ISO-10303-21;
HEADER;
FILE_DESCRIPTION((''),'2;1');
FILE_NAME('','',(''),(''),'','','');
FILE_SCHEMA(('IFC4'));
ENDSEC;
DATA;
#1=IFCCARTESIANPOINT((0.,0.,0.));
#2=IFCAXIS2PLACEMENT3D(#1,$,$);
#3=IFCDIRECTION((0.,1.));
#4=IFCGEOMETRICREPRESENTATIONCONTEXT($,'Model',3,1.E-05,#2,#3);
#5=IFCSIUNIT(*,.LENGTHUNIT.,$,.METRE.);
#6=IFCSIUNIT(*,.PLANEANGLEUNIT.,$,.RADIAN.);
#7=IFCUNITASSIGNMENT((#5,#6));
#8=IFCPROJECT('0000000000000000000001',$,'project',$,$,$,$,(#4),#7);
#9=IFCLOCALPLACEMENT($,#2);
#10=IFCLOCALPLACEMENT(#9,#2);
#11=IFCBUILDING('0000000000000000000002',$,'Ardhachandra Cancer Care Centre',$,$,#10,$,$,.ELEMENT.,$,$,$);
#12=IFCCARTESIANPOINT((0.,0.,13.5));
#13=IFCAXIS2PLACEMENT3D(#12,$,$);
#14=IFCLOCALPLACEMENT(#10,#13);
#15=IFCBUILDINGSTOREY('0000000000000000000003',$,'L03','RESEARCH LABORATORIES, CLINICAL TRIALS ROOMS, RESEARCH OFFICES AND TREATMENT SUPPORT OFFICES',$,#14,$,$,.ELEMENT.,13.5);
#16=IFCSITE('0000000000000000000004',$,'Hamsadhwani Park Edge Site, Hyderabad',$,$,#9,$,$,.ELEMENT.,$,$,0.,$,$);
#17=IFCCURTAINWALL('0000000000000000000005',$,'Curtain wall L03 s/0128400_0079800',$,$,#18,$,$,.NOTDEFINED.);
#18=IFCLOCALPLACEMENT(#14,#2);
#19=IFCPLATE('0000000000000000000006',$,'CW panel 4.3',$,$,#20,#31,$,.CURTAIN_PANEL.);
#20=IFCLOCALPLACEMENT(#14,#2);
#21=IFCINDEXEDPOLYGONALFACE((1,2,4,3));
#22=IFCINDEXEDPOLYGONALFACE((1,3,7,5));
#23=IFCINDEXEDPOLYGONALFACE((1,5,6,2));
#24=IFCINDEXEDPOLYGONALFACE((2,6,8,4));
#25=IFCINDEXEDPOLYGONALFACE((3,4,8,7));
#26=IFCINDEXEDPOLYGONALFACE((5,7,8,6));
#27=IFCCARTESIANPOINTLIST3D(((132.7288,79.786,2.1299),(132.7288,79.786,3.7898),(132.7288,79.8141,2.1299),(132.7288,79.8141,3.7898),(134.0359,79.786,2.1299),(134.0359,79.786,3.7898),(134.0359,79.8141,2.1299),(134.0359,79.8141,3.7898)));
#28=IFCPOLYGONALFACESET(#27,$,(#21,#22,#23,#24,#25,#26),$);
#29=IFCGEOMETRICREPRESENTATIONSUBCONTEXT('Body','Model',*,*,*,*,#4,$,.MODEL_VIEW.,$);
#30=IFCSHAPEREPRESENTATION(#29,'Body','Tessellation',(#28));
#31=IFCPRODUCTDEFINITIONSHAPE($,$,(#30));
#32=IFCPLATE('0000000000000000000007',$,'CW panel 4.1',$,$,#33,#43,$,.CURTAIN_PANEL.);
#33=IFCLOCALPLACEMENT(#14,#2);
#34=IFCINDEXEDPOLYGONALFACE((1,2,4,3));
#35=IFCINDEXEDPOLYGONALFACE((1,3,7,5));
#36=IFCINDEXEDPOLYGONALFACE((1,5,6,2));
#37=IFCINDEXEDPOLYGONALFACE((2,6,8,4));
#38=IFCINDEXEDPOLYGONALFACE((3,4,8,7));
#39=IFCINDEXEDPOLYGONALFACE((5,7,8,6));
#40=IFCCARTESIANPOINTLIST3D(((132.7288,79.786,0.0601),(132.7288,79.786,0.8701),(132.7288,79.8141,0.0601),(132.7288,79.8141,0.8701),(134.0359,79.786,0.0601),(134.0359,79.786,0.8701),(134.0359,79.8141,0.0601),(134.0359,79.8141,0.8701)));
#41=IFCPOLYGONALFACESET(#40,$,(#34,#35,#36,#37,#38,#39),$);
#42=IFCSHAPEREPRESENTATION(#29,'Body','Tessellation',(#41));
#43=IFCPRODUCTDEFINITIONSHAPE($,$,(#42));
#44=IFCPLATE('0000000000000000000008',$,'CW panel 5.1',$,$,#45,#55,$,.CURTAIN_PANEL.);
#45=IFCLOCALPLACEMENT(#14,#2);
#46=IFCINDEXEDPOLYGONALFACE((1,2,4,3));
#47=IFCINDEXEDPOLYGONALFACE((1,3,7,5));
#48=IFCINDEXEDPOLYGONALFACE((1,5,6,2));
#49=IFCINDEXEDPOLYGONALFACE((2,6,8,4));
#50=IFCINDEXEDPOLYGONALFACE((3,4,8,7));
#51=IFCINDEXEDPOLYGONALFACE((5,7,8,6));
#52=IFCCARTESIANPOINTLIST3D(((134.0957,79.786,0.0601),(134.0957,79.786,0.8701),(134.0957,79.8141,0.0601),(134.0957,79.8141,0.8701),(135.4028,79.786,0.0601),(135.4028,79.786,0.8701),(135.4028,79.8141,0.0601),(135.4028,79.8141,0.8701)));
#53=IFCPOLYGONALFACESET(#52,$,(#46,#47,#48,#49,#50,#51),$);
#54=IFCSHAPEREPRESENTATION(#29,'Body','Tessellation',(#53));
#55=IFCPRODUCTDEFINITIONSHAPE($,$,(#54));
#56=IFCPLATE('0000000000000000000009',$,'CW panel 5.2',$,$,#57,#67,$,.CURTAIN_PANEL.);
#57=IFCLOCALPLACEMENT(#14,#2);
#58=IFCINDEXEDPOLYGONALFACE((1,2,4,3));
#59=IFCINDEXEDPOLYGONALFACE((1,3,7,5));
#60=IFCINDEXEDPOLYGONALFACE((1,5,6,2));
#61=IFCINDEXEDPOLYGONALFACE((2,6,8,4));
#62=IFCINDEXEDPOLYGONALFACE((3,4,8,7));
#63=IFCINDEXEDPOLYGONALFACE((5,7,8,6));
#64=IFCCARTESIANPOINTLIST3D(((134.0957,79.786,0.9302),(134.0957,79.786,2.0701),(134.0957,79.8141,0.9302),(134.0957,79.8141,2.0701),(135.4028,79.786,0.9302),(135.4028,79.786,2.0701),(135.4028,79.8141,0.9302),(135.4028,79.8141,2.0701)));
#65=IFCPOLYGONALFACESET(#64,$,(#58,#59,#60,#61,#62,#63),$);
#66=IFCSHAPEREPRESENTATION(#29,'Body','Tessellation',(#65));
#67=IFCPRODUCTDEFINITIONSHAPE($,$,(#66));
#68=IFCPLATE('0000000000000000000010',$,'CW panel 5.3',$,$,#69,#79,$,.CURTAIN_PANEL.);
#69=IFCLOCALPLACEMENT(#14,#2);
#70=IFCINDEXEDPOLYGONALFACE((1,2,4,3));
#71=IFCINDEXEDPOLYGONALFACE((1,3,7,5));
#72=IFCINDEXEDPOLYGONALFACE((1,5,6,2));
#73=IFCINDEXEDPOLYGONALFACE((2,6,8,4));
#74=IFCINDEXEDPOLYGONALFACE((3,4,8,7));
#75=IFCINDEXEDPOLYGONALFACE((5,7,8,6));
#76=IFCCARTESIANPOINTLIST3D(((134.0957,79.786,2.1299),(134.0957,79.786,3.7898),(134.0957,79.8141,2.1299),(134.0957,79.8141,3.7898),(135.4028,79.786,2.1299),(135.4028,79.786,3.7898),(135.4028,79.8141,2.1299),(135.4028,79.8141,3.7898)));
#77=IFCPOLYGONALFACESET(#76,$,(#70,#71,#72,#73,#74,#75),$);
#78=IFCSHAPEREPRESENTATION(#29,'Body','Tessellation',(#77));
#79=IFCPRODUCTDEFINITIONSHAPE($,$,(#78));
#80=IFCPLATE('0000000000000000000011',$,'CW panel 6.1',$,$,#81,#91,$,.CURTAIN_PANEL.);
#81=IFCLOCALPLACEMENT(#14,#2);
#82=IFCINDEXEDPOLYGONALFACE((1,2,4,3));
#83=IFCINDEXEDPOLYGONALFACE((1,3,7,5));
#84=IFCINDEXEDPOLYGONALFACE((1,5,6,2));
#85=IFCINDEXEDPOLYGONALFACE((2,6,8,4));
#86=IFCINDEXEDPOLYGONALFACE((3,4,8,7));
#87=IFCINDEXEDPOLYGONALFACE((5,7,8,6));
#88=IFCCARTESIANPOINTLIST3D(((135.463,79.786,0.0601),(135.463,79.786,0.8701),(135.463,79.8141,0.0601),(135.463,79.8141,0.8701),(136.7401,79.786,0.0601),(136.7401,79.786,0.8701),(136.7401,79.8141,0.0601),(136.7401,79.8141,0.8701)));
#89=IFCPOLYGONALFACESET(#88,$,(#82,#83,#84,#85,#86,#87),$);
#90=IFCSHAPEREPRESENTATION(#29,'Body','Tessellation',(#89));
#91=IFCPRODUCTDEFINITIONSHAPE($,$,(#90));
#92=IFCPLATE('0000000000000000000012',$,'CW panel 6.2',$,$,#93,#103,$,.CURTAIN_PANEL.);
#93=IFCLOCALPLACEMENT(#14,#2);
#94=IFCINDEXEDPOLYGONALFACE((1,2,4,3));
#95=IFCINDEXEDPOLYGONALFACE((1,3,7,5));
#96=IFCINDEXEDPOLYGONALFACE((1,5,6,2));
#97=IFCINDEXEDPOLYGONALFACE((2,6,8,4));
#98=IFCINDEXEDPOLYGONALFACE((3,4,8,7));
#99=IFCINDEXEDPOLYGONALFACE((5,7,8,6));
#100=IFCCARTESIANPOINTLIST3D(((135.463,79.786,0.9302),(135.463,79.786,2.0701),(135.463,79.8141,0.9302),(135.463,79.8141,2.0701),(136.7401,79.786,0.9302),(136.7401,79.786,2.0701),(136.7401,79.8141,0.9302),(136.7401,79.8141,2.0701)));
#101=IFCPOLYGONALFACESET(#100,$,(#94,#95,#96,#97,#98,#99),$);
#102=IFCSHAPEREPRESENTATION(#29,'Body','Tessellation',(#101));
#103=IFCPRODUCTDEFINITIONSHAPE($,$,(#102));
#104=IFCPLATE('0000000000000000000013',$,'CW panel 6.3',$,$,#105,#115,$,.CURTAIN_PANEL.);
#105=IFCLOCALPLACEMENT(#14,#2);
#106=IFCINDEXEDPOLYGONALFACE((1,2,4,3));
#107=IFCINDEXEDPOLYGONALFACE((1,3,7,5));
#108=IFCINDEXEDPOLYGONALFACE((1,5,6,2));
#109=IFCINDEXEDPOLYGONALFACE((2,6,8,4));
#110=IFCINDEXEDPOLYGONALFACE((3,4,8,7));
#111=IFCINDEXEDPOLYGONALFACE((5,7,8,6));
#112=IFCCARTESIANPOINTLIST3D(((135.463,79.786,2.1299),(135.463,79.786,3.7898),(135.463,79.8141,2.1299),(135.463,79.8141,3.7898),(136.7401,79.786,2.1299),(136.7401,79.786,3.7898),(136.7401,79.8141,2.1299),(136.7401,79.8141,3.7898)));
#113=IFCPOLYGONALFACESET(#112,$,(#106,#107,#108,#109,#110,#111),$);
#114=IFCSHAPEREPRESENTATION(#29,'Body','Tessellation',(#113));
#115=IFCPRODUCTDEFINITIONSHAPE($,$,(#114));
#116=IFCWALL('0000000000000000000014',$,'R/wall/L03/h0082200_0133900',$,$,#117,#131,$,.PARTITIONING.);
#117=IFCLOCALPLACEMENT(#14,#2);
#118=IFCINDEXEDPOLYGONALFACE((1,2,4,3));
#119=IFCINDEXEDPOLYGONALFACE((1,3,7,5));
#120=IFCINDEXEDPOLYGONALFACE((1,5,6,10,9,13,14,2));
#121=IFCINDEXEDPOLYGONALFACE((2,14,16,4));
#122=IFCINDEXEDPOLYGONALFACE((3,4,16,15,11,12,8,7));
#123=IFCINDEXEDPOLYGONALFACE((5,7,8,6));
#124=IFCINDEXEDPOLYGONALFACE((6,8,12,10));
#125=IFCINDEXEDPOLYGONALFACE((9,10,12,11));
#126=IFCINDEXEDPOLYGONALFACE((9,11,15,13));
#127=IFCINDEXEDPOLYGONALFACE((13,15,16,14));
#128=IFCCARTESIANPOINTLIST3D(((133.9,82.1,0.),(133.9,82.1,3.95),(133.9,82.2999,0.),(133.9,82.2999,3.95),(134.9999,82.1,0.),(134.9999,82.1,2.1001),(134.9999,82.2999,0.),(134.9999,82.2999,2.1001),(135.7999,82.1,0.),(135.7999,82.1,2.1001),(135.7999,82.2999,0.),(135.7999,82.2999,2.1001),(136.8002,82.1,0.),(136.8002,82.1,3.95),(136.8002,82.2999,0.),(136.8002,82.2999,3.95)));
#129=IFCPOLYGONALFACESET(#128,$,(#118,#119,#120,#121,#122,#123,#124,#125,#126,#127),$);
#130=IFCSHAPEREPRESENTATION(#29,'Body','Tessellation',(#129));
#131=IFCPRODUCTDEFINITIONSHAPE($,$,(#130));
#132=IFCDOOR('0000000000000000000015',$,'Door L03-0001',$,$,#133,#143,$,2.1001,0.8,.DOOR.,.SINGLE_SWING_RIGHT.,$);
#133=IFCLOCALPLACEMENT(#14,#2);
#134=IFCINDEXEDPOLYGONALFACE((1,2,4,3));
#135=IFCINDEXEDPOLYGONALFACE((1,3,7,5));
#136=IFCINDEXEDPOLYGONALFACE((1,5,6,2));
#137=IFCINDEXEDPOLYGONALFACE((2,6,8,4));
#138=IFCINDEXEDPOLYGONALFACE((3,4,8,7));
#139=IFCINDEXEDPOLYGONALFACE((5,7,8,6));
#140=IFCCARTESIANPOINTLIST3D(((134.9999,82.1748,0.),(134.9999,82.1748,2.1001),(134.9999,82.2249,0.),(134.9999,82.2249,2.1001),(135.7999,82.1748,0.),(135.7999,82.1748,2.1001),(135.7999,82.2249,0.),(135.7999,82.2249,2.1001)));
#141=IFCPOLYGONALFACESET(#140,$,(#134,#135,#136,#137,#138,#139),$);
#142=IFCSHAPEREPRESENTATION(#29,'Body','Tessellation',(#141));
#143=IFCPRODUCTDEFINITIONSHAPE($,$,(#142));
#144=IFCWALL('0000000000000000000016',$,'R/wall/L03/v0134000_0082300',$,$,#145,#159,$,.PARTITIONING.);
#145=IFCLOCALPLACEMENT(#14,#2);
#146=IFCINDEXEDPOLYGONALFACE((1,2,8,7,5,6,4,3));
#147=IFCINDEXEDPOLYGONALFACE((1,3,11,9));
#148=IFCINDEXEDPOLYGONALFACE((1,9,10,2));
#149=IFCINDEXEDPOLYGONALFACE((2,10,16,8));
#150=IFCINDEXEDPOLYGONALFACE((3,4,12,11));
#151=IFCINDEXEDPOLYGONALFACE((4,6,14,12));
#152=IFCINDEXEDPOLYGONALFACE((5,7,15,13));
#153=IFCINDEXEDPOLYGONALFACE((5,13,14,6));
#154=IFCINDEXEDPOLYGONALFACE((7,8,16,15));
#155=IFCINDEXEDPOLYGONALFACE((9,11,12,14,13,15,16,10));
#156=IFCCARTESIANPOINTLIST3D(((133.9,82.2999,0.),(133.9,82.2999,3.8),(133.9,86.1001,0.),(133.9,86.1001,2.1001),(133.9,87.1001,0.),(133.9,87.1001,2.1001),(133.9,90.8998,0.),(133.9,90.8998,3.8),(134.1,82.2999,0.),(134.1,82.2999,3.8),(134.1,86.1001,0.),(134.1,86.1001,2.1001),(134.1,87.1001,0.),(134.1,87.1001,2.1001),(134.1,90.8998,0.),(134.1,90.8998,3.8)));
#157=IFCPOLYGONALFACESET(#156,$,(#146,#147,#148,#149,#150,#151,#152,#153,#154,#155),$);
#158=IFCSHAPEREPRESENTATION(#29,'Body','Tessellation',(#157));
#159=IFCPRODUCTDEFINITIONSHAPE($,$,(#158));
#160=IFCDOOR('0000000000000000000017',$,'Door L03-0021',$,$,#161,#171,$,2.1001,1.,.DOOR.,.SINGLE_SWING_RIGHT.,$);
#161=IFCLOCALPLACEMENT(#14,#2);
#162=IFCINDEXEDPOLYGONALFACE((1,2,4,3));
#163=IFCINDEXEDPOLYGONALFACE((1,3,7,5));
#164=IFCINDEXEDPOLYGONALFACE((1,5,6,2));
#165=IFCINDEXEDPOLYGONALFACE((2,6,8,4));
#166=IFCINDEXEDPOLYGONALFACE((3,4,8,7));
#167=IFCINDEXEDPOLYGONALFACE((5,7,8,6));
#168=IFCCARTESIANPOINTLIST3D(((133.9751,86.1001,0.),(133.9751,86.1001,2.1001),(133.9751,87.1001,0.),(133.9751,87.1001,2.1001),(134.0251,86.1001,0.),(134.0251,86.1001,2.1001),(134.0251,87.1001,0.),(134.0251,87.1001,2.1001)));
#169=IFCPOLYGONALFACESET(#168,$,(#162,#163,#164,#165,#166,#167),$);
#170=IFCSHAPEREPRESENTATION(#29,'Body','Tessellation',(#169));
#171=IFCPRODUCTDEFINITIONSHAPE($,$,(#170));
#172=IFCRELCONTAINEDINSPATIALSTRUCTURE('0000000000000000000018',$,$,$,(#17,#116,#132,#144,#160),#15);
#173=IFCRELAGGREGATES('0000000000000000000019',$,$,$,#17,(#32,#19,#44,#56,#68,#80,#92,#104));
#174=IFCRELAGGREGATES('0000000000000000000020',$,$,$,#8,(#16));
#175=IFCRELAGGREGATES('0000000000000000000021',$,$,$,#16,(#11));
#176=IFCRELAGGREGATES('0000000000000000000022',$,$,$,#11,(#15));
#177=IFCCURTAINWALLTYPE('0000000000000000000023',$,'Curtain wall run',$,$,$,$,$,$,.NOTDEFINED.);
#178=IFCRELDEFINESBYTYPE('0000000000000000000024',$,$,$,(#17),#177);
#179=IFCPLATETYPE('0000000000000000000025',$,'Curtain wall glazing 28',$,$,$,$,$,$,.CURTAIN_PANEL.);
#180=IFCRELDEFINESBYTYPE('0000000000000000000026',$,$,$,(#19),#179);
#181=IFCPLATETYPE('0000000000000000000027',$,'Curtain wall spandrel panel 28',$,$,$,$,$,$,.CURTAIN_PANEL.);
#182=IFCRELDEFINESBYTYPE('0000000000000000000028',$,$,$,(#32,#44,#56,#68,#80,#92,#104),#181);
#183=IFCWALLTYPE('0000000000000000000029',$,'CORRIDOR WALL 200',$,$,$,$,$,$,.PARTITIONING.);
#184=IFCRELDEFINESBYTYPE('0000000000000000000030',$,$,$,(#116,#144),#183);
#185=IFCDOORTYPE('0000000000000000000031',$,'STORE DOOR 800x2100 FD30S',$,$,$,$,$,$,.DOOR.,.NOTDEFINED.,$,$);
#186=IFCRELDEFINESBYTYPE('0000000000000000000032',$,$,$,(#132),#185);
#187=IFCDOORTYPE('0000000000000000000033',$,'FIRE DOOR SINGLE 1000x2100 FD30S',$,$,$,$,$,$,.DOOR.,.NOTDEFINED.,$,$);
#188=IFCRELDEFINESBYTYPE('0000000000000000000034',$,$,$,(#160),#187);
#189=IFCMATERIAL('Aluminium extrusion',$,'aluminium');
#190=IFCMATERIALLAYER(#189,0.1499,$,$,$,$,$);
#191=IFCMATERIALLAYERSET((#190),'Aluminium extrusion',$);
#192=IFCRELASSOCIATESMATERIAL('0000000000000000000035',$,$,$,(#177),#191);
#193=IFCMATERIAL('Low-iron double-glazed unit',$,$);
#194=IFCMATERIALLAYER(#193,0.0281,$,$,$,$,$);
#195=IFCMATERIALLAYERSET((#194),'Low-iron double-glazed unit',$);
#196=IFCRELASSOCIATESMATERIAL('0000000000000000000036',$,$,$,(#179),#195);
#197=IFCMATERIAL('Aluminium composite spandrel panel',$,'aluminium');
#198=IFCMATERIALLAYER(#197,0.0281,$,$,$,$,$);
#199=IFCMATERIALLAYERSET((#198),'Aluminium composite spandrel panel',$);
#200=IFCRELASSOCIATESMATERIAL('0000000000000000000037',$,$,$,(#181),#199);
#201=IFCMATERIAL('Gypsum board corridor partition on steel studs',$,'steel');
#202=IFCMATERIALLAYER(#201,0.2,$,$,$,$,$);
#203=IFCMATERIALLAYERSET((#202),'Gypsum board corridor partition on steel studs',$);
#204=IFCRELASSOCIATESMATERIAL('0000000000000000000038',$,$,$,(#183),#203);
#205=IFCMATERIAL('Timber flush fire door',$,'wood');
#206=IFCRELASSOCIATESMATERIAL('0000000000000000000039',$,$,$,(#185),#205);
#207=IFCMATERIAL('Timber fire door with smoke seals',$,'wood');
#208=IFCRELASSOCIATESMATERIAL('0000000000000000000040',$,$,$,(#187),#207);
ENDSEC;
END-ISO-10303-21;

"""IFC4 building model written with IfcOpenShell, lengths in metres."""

from ifc_helpers import new_model, si_unit, direction, frame, frame_2d, origin, origin_2d, place, context, subcontext, project, spatial, rectangle, extrude, material, layer, layer_set, type_object, element, fill, aggregate, save


model = new_model("IFC4")

# Units and contexts
model_context = context("Model", 3, precision=1e-05, world=origin(), true_north=direction((0.0, 1.0)))
body_context = subcontext(model_context, "Body", "Model", "MODEL_VIEW")
ifc_project = project(units=[si_unit("LENGTHUNIT", "METRE"), si_unit("PLANEANGLEUNIT", "RADIAN")], contexts=[model_context])

# Site, building, storey
site_placement = place(None, origin())
site = spatial("IfcSite", under=ifc_project, at=site_placement, Name="Hamsadhwani Park Edge Site, Hyderabad", CompositionType="ELEMENT", RefElevation=0.0)
building_placement = place(site_placement, origin())
building = spatial("IfcBuilding", under=site, at=building_placement, Name="Ardhachandra Cancer Care Centre", CompositionType="ELEMENT")
storey_placement = place(building_placement, frame((0.0, 0.0, 13.5)))
storey = spatial("IfcBuildingStorey", under=building, at=storey_placement, Name="L03", Description="RESEARCH LABORATORIES, CLINICAL TRIALS ROOMS, RESEARCH OFFICES AND TREATMENT SUPPORT OFFICES", CompositionType="ELEMENT", Elevation=13.5)

# Curtain wall, plates
ifc_material_1 = material(Name="Aluminium extrusion", Category="aluminium")
ifc_layer_1 = layer(ifc_material_1, 0.1499)
ifc_layer_set_1 = layer_set([ifc_layer_1], Name="Aluminium extrusion")
curtain_wall_type = type_object("IfcCurtainWallType", Name="Curtain wall run", PredefinedType="NOTDEFINED", material=ifc_layer_set_1)
curtain_wall_placement = place(storey_placement, origin())
curtain_wall = element("IfcCurtainWall", 1, at=curtain_wall_placement, inside=storey, type_object=curtain_wall_type, Name="Curtain wall L03 s/0128400_0079800", PredefinedType="NOTDEFINED")
ifc_material_2 = material(Name="Low-iron double-glazed unit")
ifc_layer_2 = layer(ifc_material_2, 0.0281)
ifc_layer_set_2 = layer_set([ifc_layer_2], Name="Low-iron double-glazed unit")
plate_type_1 = type_object("IfcPlateType", Name="Curtain wall glazing 28", PredefinedType="CURTAIN_PANEL", material=ifc_layer_set_2)
plate_1_placement = place(storey_placement, frame((133.3823, 79.8, 2.1299), z_axis=(0.0, 0.0, 1.0), x_axis=(1.0, 0.0, 0.0)))
plate_1 = element("IfcPlate", 2, at=plate_1_placement, type_object=plate_type_1, Name="CW panel 4.3", PredefinedType="CURTAIN_PANEL", context=body_context, shape_type="SweptSolid", body=[
    extrude(rectangle(XDim=1.3071, YDim=0.0281, at=origin_2d()), origin(), (0.0, 0.0, 1.0), 1.6599),
])
ifc_material_3 = material(Name="Aluminium composite spandrel panel", Category="aluminium")
ifc_layer_3 = layer(ifc_material_3, 0.0281)
ifc_layer_set_3 = layer_set([ifc_layer_3], Name="Aluminium composite spandrel panel")
plate_type_2 = type_object("IfcPlateType", Name="Curtain wall spandrel panel 28", PredefinedType="CURTAIN_PANEL", material=ifc_layer_set_3)
plate_2_placement = place(storey_placement, frame((133.3823, 79.8, 0.0601), z_axis=(0.0, 0.0, 1.0), x_axis=(1.0, 0.0, 0.0)))
plate_2 = element("IfcPlate", 3, at=plate_2_placement, type_object=plate_type_2, Name="CW panel 4.1", PredefinedType="CURTAIN_PANEL", context=body_context, shape_type="SweptSolid", body=[
    extrude(rectangle(XDim=1.3071, YDim=0.0281, at=origin_2d()), origin(), (0.0, 0.0, 1.0), 0.8101),
])
plate_3_placement = place(storey_placement, frame((134.7493, 79.8, 0.0601), z_axis=(0.0, 0.0, 1.0), x_axis=(1.0, 0.0, 0.0)))
plate_3 = element("IfcPlate", 4, at=plate_3_placement, type_object=plate_type_2, Name="CW panel 5.1", PredefinedType="CURTAIN_PANEL", context=body_context, shape_type="SweptSolid", body=[
    extrude(rectangle(XDim=1.3071, YDim=0.0281, at=origin_2d()), origin(), (0.0, 0.0, 1.0), 0.8101),
])
plate_4_placement = place(storey_placement, frame((134.7493, 79.8, 0.9302), z_axis=(0.0, 0.0, 1.0), x_axis=(1.0, 0.0, 0.0)))
plate_4 = element("IfcPlate", 5, at=plate_4_placement, type_object=plate_type_2, Name="CW panel 5.2", PredefinedType="CURTAIN_PANEL", context=body_context, shape_type="SweptSolid", body=[
    extrude(rectangle(XDim=1.3071, YDim=0.0281, at=origin_2d()), origin(), (0.0, 0.0, 1.0), 1.1399),
])
plate_5_placement = place(storey_placement, frame((134.7493, 79.8, 2.1299), z_axis=(0.0, 0.0, 1.0), x_axis=(1.0, 0.0, 0.0)))
plate_5 = element("IfcPlate", 6, at=plate_5_placement, type_object=plate_type_2, Name="CW panel 5.3", PredefinedType="CURTAIN_PANEL", context=body_context, shape_type="SweptSolid", body=[
    extrude(rectangle(XDim=1.3071, YDim=0.0281, at=origin_2d()), origin(), (0.0, 0.0, 1.0), 1.6599),
])
plate_6_placement = place(storey_placement, frame((136.1016, 79.8, 0.0601), z_axis=(0.0, 0.0, 1.0), x_axis=(1.0, 0.0, 0.0)))
plate_6 = element("IfcPlate", 7, at=plate_6_placement, type_object=plate_type_2, Name="CW panel 6.1", PredefinedType="CURTAIN_PANEL", context=body_context, shape_type="SweptSolid", body=[
    extrude(rectangle(XDim=1.2771, YDim=0.0281, at=origin_2d()), origin(), (0.0, 0.0, 1.0), 0.8101),
])
plate_7_placement = place(storey_placement, frame((136.1016, 79.8, 0.9302), z_axis=(0.0, 0.0, 1.0), x_axis=(1.0, 0.0, 0.0)))
plate_7 = element("IfcPlate", 8, at=plate_7_placement, type_object=plate_type_2, Name="CW panel 6.2", PredefinedType="CURTAIN_PANEL", context=body_context, shape_type="SweptSolid", body=[
    extrude(rectangle(XDim=1.2771, YDim=0.0281, at=origin_2d()), origin(), (0.0, 0.0, 1.0), 1.1399),
])
plate_8_placement = place(storey_placement, frame((136.1016, 79.8, 2.1299), z_axis=(0.0, 0.0, 1.0), x_axis=(1.0, 0.0, 0.0)))
plate_8 = element("IfcPlate", 9, at=plate_8_placement, type_object=plate_type_2, Name="CW panel 6.3", PredefinedType="CURTAIN_PANEL", context=body_context, shape_type="SweptSolid", body=[
    extrude(rectangle(XDim=1.2771, YDim=0.0281, at=origin_2d()), origin(), (0.0, 0.0, 1.0), 1.6599),
])
aggregate(curtain_wall, [plate_2, plate_1, plate_3, plate_4, plate_5, plate_6, plate_7, plate_8])

# Walls, openings, doors
ifc_material_4 = material(Name="Gypsum board corridor partition on steel studs", Category="steel")
ifc_layer_4 = layer(ifc_material_4, 0.2)
ifc_layer_set_4 = layer_set([ifc_layer_4], Name="Gypsum board corridor partition on steel studs")
wall_type_1 = type_object("IfcWallType", Name="CORRIDOR WALL 200", PredefinedType="PARTITIONING", material=ifc_layer_set_4)
wall_1_placement = place(storey_placement, frame((133.8999, 82.2, 0.0), z_axis=(0.0, 0.0, 1.0), x_axis=(1.0, 0.0, 0.0)))
wall_1 = element("IfcWall", 10, at=wall_1_placement, inside=storey, type_object=wall_type_1, Name="R/wall/L03/h0082200_0133900", PredefinedType="PARTITIONING", context=body_context, shape_type="SweptSolid", body=[
    extrude(rectangle(XDim=2.9001, YDim=0.2, at=frame_2d((1.4502, 0.0))), origin(), (0.0, 0.0, 1.0), 3.95),
])
opening_1_placement = place(wall_1_placement, frame((1.1001, 0.0, 0.0)))
opening_1 = element("IfcOpeningElement", 11, at=opening_1_placement, cuts=wall_1, PredefinedType="OPENING", context=body_context, shape_type="SweptSolid", body=[
    extrude(rectangle(XDim=0.8, YDim=2.1001, at=frame_2d((0.3999, 1.05))), frame((0.0, 0.1099, 0.0), z_axis=(0.0, -1.0, 0.0), x_axis=(1.0, 0.0, 0.0)), (0.0, 0.0, 1.0), 0.22),
])
ifc_material_5 = material(Name="Timber flush fire door", Category="wood")
door_type_1 = type_object("IfcDoorType", Name="STORE DOOR 800x2100 FD30S", OperationType="NOTDEFINED", PredefinedType="DOOR", material=ifc_material_5)
door_1_placement = place(opening_1_placement, origin())
door_1 = element("IfcDoor", 12, at=door_1_placement, inside=storey, type_object=door_type_1, Name="Door L03-0001", OperationType="SINGLE_SWING_RIGHT", OverallHeight=2.1001, OverallWidth=0.8, PredefinedType="DOOR", context=body_context, shape_type="SweptSolid", body=[
    extrude(rectangle(XDim=0.8, YDim=2.1001, at=frame_2d((0.3999, 1.05))), frame((0.0, 0.0249, 0.0), z_axis=(0.0, -1.0, 0.0), x_axis=(1.0, 0.0, 0.0)), (0.0, 0.0, 1.0), 0.05),
])
fill(opening_1, door_1)
wall_2_placement = place(storey_placement, frame((134.0, 82.3, 0.0), z_axis=(0.0, 0.0, 1.0), x_axis=(0.0, 1.0, 0.0)))
wall_2 = element("IfcWall", 13, at=wall_2_placement, inside=storey, type_object=wall_type_1, Name="R/wall/L03/v0134000_0082300", PredefinedType="PARTITIONING", context=body_context, shape_type="SweptSolid", body=[
    extrude(rectangle(XDim=8.5999, YDim=0.2, at=frame_2d((4.2998, 0.0))), origin(), (0.0, 0.0, 1.0), 3.8),
])
opening_2_placement = place(wall_2_placement, frame((3.8, 0.0, 0.0)))
opening_2 = element("IfcOpeningElement", 14, at=opening_2_placement, cuts=wall_2, PredefinedType="OPENING", context=body_context, shape_type="SweptSolid", body=[
    extrude(rectangle(XDim=1.0, YDim=2.1001, at=frame_2d((0.5, 1.05))), frame((0.0, 0.1099, 0.0), z_axis=(0.0, -1.0, 0.0), x_axis=(1.0, 0.0, 0.0)), (0.0, 0.0, 1.0), 0.22),
])
ifc_material_6 = material(Name="Timber fire door with smoke seals", Category="wood")
door_type_2 = type_object("IfcDoorType", Name="FIRE DOOR SINGLE 1000x2100 FD30S", OperationType="NOTDEFINED", PredefinedType="DOOR", material=ifc_material_6)
door_2_placement = place(opening_2_placement, origin())
door_2 = element("IfcDoor", 15, at=door_2_placement, inside=storey, type_object=door_type_2, Name="Door L03-0021", OperationType="SINGLE_SWING_RIGHT", OverallHeight=2.1001, OverallWidth=1.0, PredefinedType="DOOR", context=body_context, shape_type="SweptSolid", body=[
    extrude(rectangle(XDim=1.0, YDim=2.1001, at=frame_2d((0.5, 1.05))), frame((0.0, 0.0249, 0.0), z_axis=(0.0, -1.0, 0.0), x_axis=(1.0, 0.0, 0.0)), (0.0, 0.0, 1.0), 0.05),
])
fill(opening_2, door_2)

save(model, "model.ifc")
